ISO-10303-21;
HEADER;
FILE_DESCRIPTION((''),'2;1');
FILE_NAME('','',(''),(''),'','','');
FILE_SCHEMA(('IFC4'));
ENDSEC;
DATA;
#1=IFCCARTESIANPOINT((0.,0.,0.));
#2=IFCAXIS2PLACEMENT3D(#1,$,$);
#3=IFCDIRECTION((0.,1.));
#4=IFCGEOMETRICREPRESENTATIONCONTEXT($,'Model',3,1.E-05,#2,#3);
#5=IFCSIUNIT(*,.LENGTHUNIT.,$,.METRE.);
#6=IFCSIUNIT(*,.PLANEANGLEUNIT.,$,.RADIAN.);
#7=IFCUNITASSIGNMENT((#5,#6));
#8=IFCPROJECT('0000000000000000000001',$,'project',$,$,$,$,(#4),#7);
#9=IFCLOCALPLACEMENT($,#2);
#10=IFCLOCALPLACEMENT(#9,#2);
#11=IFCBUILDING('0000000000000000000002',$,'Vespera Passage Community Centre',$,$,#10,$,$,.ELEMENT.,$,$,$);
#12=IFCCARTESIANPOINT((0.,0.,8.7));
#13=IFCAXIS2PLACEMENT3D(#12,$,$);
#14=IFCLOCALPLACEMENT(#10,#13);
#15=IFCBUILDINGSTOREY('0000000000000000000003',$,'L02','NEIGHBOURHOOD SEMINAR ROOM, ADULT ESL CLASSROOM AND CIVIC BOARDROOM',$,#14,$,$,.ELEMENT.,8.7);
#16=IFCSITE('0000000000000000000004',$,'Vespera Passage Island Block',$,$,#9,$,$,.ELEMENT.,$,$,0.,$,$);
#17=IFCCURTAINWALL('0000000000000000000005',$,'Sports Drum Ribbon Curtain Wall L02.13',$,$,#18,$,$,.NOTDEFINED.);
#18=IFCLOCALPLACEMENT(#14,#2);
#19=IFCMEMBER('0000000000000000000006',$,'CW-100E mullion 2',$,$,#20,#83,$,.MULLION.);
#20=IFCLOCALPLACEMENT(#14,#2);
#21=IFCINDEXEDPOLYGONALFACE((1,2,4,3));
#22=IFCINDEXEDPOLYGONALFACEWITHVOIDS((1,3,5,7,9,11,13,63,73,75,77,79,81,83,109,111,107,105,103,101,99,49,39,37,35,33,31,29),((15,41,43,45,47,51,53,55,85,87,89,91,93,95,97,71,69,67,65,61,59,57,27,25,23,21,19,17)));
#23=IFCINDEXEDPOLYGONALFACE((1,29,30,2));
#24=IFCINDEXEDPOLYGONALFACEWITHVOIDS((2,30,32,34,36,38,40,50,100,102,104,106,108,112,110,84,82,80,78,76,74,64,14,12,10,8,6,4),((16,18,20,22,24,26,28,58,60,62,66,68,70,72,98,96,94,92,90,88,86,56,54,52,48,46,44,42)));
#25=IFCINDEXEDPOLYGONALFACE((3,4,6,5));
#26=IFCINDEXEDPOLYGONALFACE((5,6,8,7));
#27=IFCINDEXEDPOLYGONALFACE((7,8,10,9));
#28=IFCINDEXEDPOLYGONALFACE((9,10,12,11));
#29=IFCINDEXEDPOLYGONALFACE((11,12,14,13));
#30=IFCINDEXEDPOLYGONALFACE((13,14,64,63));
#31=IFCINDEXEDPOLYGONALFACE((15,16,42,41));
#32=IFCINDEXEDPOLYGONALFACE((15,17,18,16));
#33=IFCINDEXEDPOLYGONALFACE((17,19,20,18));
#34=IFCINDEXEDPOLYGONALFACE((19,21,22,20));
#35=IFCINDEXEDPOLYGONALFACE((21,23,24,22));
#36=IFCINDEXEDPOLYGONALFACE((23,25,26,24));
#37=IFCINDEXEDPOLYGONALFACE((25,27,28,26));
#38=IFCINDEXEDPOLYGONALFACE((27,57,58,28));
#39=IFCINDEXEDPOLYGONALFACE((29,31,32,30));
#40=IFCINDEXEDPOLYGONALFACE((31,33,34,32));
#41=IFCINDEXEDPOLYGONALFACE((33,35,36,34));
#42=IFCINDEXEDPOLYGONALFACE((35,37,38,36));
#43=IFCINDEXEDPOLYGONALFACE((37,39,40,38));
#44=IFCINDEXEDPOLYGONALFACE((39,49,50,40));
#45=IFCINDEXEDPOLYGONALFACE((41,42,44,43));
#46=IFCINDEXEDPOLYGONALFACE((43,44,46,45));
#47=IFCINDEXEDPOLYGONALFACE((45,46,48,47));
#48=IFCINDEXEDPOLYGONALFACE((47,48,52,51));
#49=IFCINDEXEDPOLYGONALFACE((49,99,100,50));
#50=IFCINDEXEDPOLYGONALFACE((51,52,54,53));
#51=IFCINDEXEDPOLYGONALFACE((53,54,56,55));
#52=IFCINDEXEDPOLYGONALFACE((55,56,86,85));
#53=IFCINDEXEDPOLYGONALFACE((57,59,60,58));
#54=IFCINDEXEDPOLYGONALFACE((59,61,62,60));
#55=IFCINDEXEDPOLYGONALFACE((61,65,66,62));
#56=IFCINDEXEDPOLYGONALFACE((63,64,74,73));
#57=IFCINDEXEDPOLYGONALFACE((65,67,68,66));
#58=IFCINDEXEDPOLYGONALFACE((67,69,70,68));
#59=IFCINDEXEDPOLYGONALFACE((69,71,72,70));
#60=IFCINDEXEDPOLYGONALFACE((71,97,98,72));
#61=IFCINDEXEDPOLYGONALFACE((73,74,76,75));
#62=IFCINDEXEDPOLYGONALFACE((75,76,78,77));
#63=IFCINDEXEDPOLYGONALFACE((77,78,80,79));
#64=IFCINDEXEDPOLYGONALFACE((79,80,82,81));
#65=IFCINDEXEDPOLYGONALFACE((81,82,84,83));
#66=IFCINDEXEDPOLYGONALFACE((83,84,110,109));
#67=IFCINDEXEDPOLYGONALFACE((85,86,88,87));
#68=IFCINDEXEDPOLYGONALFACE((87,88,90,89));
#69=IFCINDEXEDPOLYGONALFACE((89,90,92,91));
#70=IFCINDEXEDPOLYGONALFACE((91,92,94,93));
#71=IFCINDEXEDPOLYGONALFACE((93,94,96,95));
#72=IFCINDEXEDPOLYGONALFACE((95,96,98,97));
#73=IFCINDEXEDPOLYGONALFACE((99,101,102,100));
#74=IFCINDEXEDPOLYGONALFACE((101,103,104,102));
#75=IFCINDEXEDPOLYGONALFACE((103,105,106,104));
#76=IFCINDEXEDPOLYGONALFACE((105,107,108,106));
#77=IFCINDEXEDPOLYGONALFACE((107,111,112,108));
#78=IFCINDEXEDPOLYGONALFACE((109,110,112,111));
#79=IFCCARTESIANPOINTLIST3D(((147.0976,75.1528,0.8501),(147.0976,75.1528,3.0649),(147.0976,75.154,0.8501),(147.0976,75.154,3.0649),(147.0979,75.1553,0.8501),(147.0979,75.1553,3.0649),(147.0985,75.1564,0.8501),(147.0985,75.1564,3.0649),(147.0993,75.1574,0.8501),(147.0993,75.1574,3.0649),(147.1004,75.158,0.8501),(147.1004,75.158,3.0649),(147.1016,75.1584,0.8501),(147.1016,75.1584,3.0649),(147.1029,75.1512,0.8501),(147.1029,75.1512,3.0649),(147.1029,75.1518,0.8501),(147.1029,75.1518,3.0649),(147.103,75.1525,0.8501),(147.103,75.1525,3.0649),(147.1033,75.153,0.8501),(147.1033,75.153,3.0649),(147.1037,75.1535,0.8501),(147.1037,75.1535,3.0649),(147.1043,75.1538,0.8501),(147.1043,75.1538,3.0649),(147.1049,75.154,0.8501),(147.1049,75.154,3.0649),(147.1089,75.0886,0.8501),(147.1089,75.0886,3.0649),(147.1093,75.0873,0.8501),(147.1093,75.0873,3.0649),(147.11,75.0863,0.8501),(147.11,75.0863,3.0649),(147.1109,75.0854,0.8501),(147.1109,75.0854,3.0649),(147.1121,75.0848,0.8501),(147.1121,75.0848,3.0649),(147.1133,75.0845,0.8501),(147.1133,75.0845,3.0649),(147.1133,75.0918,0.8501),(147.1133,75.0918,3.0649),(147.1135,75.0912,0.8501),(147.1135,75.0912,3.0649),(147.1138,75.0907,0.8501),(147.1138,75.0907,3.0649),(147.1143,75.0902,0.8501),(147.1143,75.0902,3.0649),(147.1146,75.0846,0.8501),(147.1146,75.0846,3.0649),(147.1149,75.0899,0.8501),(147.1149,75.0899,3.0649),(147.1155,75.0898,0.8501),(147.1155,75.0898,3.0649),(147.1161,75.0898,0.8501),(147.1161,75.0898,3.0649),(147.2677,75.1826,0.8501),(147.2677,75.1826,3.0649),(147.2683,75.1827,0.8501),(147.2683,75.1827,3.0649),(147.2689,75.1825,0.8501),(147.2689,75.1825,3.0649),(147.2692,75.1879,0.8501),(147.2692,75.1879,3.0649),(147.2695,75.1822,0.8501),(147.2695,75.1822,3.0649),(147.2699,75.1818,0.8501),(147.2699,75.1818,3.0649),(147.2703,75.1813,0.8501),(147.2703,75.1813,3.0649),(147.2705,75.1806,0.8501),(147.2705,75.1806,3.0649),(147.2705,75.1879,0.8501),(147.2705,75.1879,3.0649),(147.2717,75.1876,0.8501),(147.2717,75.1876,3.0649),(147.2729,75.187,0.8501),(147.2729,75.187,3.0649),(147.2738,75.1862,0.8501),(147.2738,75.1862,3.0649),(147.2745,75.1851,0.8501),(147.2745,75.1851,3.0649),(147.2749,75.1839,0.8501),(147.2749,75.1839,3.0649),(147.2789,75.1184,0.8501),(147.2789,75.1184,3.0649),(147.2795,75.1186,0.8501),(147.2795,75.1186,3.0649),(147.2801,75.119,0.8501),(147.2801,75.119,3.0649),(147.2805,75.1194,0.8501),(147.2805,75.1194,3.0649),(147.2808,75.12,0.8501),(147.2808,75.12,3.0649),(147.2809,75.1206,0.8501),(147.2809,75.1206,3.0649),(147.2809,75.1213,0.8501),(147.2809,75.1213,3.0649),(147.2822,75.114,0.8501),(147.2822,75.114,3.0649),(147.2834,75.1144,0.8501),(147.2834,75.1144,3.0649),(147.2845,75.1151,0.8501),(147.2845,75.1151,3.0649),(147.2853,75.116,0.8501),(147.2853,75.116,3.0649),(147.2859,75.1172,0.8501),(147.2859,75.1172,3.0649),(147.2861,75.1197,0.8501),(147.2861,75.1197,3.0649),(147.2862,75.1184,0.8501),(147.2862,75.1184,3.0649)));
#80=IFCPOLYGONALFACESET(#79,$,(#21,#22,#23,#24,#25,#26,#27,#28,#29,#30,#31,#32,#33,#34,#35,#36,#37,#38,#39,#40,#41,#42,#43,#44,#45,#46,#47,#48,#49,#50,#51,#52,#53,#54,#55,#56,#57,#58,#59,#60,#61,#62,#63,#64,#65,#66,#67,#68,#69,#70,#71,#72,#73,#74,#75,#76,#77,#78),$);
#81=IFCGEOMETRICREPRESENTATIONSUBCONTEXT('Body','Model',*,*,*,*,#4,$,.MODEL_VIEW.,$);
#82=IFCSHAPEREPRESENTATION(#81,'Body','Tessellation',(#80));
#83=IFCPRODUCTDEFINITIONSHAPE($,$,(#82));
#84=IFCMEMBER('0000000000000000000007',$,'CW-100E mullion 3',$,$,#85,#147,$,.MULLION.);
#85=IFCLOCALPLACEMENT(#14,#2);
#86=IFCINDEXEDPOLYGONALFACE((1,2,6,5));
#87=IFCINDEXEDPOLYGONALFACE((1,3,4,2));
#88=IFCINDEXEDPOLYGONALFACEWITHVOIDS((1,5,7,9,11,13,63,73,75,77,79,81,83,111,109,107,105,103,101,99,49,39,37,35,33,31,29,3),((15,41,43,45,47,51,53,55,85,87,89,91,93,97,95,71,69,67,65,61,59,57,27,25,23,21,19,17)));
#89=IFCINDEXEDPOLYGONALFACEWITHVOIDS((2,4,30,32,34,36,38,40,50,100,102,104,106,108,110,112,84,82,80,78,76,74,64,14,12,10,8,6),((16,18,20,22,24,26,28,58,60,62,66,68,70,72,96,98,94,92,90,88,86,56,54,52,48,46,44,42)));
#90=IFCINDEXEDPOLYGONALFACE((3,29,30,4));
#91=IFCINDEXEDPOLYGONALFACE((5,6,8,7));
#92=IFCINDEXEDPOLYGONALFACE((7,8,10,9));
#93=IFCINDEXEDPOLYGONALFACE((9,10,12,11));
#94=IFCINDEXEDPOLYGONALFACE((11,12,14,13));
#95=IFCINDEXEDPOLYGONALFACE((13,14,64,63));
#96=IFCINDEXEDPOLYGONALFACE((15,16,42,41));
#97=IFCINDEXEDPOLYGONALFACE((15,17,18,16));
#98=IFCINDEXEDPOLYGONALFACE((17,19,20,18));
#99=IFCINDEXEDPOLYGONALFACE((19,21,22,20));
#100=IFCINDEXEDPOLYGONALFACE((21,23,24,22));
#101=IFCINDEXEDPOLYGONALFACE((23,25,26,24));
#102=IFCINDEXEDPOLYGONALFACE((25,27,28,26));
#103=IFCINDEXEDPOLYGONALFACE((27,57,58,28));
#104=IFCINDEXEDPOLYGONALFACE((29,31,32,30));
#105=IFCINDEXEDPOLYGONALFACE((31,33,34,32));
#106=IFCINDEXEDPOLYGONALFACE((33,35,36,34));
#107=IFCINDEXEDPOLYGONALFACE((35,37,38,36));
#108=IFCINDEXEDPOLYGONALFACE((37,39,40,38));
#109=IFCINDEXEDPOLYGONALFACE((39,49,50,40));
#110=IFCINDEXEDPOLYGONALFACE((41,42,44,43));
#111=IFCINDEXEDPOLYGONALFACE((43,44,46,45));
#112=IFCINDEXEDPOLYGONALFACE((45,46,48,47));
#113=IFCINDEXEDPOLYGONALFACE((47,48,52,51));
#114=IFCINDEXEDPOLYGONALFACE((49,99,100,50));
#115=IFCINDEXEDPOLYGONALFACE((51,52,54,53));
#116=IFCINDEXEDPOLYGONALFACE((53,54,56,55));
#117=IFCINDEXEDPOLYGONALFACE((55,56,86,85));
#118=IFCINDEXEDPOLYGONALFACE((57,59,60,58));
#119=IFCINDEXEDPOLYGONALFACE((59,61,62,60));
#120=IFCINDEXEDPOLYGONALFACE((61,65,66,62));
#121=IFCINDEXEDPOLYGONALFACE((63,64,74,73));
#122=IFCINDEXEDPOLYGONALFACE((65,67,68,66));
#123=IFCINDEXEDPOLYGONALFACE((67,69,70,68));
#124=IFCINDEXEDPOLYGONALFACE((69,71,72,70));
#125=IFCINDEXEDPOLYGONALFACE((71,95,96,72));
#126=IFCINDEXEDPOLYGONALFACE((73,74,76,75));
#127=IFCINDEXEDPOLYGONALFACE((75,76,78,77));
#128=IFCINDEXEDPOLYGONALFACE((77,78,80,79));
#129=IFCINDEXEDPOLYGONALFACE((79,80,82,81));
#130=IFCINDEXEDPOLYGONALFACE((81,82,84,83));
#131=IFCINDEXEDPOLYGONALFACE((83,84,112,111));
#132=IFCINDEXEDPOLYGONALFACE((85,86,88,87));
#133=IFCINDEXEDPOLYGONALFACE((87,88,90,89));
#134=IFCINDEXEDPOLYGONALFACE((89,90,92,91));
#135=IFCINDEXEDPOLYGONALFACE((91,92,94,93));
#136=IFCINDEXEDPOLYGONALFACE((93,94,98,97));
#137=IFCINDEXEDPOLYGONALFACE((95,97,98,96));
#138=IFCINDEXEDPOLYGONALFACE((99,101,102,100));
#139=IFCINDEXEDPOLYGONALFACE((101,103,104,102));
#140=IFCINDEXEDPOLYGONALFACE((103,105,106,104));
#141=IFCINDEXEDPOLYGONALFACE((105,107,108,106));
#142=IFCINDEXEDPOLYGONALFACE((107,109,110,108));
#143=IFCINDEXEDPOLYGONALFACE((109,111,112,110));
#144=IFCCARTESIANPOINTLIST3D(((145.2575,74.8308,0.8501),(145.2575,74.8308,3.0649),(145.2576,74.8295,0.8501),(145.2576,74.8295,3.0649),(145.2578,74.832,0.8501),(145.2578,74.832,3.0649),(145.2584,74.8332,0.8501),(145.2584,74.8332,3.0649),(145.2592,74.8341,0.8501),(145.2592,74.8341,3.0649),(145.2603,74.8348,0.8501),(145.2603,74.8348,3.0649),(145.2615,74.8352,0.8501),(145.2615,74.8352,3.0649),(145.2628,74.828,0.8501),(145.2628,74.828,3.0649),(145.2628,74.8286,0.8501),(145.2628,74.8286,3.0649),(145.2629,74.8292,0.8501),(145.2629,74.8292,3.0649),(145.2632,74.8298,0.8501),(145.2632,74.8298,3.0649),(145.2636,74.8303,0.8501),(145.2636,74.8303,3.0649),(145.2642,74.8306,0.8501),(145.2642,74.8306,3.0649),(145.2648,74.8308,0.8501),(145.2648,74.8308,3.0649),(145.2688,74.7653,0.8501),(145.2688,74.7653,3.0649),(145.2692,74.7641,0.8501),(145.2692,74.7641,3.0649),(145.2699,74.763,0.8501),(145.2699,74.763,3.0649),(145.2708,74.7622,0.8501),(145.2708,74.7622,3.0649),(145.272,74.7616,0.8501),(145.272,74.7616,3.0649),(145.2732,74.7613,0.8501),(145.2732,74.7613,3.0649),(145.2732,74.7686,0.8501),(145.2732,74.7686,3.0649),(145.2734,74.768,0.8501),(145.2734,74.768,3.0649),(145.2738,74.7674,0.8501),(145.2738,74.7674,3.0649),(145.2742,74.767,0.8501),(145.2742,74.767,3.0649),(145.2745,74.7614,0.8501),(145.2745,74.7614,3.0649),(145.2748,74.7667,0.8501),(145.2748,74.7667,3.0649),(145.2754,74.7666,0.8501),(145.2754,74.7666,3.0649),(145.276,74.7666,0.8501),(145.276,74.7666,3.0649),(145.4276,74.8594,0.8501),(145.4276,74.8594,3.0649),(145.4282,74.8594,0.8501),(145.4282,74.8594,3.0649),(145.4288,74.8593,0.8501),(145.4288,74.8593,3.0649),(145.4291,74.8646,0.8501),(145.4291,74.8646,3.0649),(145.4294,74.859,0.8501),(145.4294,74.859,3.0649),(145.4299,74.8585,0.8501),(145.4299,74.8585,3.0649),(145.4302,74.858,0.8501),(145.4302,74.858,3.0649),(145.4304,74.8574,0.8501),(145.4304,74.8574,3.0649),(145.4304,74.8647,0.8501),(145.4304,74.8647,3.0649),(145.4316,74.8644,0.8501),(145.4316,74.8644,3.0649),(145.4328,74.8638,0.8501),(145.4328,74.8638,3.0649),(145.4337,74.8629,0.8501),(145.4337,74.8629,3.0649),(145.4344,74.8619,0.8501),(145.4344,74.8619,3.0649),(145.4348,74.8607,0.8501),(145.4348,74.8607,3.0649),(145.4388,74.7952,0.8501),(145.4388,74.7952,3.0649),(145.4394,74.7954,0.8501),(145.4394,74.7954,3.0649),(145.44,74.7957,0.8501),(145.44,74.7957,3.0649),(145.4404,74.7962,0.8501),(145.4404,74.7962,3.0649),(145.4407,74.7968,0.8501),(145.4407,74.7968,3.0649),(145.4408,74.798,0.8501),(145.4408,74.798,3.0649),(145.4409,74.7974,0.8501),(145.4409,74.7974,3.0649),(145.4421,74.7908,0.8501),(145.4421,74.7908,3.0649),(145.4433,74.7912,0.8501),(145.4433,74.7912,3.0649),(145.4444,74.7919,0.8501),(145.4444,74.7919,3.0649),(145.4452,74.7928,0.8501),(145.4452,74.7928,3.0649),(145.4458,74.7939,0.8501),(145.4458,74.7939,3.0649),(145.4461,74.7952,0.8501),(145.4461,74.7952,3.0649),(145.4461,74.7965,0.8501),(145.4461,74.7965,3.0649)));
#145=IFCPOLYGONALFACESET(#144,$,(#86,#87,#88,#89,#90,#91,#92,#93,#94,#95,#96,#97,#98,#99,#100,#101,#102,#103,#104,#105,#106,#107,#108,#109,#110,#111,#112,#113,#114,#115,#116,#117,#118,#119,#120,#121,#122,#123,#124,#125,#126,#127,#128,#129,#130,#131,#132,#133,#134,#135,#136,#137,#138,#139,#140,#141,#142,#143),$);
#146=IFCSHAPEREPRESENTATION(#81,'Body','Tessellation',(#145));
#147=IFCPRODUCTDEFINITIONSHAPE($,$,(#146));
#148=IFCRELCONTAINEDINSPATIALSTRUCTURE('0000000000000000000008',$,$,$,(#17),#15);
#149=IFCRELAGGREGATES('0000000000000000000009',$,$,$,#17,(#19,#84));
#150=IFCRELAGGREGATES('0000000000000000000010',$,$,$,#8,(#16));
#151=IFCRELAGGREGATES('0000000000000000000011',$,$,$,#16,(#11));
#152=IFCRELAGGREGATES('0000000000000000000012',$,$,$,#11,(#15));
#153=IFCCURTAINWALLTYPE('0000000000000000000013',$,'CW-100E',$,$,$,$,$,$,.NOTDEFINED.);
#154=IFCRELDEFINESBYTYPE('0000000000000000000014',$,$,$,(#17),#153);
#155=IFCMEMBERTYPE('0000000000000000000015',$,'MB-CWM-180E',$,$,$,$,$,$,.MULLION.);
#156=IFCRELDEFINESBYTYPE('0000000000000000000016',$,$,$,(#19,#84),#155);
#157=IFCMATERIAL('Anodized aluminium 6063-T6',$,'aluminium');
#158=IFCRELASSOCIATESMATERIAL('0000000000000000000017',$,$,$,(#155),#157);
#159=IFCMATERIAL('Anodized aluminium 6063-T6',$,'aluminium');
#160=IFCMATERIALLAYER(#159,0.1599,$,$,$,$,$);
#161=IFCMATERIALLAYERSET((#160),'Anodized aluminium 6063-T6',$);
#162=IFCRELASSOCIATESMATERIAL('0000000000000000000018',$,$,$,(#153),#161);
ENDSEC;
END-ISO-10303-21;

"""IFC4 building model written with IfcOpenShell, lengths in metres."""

from ifc_helpers import new_model, si_unit, direction, frame, origin, origin_2d, place, context, subcontext, project, spatial, hollow_rectangle, extrude, material, layer, layer_set, material_profile, profile_set, type_object, element, aggregate, save


model = new_model("IFC4")

# Units and contexts
model_context = context("Model", 3, precision=1e-05, world=origin(), true_north=direction((0.0, 1.0)))
body_context = subcontext(model_context, "Body", "Model", "MODEL_VIEW")
ifc_project = project(units=[si_unit("LENGTHUNIT", "METRE"), si_unit("PLANEANGLEUNIT", "RADIAN")], contexts=[model_context])

# Site, building, storey
site_placement = place(None, origin())
site = spatial("IfcSite", under=ifc_project, at=site_placement, Name="Vespera Passage Island Block", CompositionType="ELEMENT", RefElevation=0.0)
building_placement = place(site_placement, origin())
building = spatial("IfcBuilding", under=site, at=building_placement, Name="Vespera Passage Community Centre", CompositionType="ELEMENT")
storey_placement = place(building_placement, frame((0.0, 0.0, 8.7)))
storey = spatial("IfcBuildingStorey", under=building, at=storey_placement, Name="L02", Description="NEIGHBOURHOOD SEMINAR ROOM, ADULT ESL CLASSROOM AND CIVIC BOARDROOM", CompositionType="ELEMENT", Elevation=8.7)

# Shared definitions
ifc_material_1 = material(Name="Anodized aluminium 6063-T6", Category="aluminium")
ifc_material_profile_1 = material_profile(ifc_material_1, hollow_rectangle(XDim=0.075, YDim=0.1799, WallThickness=0.0049, InnerFilletRadius=0.0024, OuterFilletRadius=0.0049, at=origin_2d()), Name="ALU180X75X5")
ifc_profile_set_1 = profile_set([ifc_material_profile_1], Name="Anodized aluminium 6063-T6")
member_type_1 = type_object("IfcMemberType", Name="MB-CWM-180E", PredefinedType="MULLION", material=ifc_profile_set_1)

# Curtain wall, members
ifc_material_2 = material(Name="Anodized aluminium 6063-T6", Category="aluminium")
ifc_layer_1 = layer(ifc_material_2, 0.1599)
ifc_layer_set_1 = layer_set([ifc_layer_1], Name="Anodized aluminium 6063-T6")
curtain_wall_type_1 = type_object("IfcCurtainWallType", Name="CW-100E", PredefinedType="NOTDEFINED", material=ifc_layer_set_1)
curtain_wall_1_placement = place(storey_placement, origin())
curtain_wall_1 = element("IfcCurtainWall", 1, at=curtain_wall_1_placement, inside=storey, type_object=curtain_wall_type_1, Name="Sports Drum Ribbon Curtain Wall L02.13", PredefinedType="NOTDEFINED")
member_1_placement = place(storey_placement, frame((147.1919, 75.1362, 0.8501), z_axis=(0.0, 0.0, 1.0), x_axis=(0.172994, -0.984923, 0.0)))
member_1 = element("IfcMember", 2, at=member_1_placement, type_object=member_type_1, Name="CW-100E mullion 2", PredefinedType="MULLION", context=body_context, shape_type="SweptSolid", body=[
    extrude(hollow_rectangle(XDim=0.075, YDim=0.1799, WallThickness=0.0049, InnerFilletRadius=0.0024, OuterFilletRadius=0.0049, at=origin_2d()), origin(), (0.0, 0.0, 1.0), 2.2148),
])
member_2_placement = place(storey_placement, frame((145.3518, 74.813, 0.8501), z_axis=(0.0, 0.0, 1.0), x_axis=(0.172994, -0.984923, 0.0)))
member_2 = element("IfcMember", 3, at=member_2_placement, type_object=member_type_1, Name="CW-100E mullion 3", PredefinedType="MULLION", context=body_context, shape_type="SweptSolid", body=[
    extrude(hollow_rectangle(XDim=0.075, YDim=0.1799, WallThickness=0.0049, InnerFilletRadius=0.0024, OuterFilletRadius=0.0049, at=origin_2d()), origin(), (0.0, 0.0, 1.0), 2.2148),
])

aggregate(curtain_wall_1, [member_1, member_2])

save(model, "model.ifc")
